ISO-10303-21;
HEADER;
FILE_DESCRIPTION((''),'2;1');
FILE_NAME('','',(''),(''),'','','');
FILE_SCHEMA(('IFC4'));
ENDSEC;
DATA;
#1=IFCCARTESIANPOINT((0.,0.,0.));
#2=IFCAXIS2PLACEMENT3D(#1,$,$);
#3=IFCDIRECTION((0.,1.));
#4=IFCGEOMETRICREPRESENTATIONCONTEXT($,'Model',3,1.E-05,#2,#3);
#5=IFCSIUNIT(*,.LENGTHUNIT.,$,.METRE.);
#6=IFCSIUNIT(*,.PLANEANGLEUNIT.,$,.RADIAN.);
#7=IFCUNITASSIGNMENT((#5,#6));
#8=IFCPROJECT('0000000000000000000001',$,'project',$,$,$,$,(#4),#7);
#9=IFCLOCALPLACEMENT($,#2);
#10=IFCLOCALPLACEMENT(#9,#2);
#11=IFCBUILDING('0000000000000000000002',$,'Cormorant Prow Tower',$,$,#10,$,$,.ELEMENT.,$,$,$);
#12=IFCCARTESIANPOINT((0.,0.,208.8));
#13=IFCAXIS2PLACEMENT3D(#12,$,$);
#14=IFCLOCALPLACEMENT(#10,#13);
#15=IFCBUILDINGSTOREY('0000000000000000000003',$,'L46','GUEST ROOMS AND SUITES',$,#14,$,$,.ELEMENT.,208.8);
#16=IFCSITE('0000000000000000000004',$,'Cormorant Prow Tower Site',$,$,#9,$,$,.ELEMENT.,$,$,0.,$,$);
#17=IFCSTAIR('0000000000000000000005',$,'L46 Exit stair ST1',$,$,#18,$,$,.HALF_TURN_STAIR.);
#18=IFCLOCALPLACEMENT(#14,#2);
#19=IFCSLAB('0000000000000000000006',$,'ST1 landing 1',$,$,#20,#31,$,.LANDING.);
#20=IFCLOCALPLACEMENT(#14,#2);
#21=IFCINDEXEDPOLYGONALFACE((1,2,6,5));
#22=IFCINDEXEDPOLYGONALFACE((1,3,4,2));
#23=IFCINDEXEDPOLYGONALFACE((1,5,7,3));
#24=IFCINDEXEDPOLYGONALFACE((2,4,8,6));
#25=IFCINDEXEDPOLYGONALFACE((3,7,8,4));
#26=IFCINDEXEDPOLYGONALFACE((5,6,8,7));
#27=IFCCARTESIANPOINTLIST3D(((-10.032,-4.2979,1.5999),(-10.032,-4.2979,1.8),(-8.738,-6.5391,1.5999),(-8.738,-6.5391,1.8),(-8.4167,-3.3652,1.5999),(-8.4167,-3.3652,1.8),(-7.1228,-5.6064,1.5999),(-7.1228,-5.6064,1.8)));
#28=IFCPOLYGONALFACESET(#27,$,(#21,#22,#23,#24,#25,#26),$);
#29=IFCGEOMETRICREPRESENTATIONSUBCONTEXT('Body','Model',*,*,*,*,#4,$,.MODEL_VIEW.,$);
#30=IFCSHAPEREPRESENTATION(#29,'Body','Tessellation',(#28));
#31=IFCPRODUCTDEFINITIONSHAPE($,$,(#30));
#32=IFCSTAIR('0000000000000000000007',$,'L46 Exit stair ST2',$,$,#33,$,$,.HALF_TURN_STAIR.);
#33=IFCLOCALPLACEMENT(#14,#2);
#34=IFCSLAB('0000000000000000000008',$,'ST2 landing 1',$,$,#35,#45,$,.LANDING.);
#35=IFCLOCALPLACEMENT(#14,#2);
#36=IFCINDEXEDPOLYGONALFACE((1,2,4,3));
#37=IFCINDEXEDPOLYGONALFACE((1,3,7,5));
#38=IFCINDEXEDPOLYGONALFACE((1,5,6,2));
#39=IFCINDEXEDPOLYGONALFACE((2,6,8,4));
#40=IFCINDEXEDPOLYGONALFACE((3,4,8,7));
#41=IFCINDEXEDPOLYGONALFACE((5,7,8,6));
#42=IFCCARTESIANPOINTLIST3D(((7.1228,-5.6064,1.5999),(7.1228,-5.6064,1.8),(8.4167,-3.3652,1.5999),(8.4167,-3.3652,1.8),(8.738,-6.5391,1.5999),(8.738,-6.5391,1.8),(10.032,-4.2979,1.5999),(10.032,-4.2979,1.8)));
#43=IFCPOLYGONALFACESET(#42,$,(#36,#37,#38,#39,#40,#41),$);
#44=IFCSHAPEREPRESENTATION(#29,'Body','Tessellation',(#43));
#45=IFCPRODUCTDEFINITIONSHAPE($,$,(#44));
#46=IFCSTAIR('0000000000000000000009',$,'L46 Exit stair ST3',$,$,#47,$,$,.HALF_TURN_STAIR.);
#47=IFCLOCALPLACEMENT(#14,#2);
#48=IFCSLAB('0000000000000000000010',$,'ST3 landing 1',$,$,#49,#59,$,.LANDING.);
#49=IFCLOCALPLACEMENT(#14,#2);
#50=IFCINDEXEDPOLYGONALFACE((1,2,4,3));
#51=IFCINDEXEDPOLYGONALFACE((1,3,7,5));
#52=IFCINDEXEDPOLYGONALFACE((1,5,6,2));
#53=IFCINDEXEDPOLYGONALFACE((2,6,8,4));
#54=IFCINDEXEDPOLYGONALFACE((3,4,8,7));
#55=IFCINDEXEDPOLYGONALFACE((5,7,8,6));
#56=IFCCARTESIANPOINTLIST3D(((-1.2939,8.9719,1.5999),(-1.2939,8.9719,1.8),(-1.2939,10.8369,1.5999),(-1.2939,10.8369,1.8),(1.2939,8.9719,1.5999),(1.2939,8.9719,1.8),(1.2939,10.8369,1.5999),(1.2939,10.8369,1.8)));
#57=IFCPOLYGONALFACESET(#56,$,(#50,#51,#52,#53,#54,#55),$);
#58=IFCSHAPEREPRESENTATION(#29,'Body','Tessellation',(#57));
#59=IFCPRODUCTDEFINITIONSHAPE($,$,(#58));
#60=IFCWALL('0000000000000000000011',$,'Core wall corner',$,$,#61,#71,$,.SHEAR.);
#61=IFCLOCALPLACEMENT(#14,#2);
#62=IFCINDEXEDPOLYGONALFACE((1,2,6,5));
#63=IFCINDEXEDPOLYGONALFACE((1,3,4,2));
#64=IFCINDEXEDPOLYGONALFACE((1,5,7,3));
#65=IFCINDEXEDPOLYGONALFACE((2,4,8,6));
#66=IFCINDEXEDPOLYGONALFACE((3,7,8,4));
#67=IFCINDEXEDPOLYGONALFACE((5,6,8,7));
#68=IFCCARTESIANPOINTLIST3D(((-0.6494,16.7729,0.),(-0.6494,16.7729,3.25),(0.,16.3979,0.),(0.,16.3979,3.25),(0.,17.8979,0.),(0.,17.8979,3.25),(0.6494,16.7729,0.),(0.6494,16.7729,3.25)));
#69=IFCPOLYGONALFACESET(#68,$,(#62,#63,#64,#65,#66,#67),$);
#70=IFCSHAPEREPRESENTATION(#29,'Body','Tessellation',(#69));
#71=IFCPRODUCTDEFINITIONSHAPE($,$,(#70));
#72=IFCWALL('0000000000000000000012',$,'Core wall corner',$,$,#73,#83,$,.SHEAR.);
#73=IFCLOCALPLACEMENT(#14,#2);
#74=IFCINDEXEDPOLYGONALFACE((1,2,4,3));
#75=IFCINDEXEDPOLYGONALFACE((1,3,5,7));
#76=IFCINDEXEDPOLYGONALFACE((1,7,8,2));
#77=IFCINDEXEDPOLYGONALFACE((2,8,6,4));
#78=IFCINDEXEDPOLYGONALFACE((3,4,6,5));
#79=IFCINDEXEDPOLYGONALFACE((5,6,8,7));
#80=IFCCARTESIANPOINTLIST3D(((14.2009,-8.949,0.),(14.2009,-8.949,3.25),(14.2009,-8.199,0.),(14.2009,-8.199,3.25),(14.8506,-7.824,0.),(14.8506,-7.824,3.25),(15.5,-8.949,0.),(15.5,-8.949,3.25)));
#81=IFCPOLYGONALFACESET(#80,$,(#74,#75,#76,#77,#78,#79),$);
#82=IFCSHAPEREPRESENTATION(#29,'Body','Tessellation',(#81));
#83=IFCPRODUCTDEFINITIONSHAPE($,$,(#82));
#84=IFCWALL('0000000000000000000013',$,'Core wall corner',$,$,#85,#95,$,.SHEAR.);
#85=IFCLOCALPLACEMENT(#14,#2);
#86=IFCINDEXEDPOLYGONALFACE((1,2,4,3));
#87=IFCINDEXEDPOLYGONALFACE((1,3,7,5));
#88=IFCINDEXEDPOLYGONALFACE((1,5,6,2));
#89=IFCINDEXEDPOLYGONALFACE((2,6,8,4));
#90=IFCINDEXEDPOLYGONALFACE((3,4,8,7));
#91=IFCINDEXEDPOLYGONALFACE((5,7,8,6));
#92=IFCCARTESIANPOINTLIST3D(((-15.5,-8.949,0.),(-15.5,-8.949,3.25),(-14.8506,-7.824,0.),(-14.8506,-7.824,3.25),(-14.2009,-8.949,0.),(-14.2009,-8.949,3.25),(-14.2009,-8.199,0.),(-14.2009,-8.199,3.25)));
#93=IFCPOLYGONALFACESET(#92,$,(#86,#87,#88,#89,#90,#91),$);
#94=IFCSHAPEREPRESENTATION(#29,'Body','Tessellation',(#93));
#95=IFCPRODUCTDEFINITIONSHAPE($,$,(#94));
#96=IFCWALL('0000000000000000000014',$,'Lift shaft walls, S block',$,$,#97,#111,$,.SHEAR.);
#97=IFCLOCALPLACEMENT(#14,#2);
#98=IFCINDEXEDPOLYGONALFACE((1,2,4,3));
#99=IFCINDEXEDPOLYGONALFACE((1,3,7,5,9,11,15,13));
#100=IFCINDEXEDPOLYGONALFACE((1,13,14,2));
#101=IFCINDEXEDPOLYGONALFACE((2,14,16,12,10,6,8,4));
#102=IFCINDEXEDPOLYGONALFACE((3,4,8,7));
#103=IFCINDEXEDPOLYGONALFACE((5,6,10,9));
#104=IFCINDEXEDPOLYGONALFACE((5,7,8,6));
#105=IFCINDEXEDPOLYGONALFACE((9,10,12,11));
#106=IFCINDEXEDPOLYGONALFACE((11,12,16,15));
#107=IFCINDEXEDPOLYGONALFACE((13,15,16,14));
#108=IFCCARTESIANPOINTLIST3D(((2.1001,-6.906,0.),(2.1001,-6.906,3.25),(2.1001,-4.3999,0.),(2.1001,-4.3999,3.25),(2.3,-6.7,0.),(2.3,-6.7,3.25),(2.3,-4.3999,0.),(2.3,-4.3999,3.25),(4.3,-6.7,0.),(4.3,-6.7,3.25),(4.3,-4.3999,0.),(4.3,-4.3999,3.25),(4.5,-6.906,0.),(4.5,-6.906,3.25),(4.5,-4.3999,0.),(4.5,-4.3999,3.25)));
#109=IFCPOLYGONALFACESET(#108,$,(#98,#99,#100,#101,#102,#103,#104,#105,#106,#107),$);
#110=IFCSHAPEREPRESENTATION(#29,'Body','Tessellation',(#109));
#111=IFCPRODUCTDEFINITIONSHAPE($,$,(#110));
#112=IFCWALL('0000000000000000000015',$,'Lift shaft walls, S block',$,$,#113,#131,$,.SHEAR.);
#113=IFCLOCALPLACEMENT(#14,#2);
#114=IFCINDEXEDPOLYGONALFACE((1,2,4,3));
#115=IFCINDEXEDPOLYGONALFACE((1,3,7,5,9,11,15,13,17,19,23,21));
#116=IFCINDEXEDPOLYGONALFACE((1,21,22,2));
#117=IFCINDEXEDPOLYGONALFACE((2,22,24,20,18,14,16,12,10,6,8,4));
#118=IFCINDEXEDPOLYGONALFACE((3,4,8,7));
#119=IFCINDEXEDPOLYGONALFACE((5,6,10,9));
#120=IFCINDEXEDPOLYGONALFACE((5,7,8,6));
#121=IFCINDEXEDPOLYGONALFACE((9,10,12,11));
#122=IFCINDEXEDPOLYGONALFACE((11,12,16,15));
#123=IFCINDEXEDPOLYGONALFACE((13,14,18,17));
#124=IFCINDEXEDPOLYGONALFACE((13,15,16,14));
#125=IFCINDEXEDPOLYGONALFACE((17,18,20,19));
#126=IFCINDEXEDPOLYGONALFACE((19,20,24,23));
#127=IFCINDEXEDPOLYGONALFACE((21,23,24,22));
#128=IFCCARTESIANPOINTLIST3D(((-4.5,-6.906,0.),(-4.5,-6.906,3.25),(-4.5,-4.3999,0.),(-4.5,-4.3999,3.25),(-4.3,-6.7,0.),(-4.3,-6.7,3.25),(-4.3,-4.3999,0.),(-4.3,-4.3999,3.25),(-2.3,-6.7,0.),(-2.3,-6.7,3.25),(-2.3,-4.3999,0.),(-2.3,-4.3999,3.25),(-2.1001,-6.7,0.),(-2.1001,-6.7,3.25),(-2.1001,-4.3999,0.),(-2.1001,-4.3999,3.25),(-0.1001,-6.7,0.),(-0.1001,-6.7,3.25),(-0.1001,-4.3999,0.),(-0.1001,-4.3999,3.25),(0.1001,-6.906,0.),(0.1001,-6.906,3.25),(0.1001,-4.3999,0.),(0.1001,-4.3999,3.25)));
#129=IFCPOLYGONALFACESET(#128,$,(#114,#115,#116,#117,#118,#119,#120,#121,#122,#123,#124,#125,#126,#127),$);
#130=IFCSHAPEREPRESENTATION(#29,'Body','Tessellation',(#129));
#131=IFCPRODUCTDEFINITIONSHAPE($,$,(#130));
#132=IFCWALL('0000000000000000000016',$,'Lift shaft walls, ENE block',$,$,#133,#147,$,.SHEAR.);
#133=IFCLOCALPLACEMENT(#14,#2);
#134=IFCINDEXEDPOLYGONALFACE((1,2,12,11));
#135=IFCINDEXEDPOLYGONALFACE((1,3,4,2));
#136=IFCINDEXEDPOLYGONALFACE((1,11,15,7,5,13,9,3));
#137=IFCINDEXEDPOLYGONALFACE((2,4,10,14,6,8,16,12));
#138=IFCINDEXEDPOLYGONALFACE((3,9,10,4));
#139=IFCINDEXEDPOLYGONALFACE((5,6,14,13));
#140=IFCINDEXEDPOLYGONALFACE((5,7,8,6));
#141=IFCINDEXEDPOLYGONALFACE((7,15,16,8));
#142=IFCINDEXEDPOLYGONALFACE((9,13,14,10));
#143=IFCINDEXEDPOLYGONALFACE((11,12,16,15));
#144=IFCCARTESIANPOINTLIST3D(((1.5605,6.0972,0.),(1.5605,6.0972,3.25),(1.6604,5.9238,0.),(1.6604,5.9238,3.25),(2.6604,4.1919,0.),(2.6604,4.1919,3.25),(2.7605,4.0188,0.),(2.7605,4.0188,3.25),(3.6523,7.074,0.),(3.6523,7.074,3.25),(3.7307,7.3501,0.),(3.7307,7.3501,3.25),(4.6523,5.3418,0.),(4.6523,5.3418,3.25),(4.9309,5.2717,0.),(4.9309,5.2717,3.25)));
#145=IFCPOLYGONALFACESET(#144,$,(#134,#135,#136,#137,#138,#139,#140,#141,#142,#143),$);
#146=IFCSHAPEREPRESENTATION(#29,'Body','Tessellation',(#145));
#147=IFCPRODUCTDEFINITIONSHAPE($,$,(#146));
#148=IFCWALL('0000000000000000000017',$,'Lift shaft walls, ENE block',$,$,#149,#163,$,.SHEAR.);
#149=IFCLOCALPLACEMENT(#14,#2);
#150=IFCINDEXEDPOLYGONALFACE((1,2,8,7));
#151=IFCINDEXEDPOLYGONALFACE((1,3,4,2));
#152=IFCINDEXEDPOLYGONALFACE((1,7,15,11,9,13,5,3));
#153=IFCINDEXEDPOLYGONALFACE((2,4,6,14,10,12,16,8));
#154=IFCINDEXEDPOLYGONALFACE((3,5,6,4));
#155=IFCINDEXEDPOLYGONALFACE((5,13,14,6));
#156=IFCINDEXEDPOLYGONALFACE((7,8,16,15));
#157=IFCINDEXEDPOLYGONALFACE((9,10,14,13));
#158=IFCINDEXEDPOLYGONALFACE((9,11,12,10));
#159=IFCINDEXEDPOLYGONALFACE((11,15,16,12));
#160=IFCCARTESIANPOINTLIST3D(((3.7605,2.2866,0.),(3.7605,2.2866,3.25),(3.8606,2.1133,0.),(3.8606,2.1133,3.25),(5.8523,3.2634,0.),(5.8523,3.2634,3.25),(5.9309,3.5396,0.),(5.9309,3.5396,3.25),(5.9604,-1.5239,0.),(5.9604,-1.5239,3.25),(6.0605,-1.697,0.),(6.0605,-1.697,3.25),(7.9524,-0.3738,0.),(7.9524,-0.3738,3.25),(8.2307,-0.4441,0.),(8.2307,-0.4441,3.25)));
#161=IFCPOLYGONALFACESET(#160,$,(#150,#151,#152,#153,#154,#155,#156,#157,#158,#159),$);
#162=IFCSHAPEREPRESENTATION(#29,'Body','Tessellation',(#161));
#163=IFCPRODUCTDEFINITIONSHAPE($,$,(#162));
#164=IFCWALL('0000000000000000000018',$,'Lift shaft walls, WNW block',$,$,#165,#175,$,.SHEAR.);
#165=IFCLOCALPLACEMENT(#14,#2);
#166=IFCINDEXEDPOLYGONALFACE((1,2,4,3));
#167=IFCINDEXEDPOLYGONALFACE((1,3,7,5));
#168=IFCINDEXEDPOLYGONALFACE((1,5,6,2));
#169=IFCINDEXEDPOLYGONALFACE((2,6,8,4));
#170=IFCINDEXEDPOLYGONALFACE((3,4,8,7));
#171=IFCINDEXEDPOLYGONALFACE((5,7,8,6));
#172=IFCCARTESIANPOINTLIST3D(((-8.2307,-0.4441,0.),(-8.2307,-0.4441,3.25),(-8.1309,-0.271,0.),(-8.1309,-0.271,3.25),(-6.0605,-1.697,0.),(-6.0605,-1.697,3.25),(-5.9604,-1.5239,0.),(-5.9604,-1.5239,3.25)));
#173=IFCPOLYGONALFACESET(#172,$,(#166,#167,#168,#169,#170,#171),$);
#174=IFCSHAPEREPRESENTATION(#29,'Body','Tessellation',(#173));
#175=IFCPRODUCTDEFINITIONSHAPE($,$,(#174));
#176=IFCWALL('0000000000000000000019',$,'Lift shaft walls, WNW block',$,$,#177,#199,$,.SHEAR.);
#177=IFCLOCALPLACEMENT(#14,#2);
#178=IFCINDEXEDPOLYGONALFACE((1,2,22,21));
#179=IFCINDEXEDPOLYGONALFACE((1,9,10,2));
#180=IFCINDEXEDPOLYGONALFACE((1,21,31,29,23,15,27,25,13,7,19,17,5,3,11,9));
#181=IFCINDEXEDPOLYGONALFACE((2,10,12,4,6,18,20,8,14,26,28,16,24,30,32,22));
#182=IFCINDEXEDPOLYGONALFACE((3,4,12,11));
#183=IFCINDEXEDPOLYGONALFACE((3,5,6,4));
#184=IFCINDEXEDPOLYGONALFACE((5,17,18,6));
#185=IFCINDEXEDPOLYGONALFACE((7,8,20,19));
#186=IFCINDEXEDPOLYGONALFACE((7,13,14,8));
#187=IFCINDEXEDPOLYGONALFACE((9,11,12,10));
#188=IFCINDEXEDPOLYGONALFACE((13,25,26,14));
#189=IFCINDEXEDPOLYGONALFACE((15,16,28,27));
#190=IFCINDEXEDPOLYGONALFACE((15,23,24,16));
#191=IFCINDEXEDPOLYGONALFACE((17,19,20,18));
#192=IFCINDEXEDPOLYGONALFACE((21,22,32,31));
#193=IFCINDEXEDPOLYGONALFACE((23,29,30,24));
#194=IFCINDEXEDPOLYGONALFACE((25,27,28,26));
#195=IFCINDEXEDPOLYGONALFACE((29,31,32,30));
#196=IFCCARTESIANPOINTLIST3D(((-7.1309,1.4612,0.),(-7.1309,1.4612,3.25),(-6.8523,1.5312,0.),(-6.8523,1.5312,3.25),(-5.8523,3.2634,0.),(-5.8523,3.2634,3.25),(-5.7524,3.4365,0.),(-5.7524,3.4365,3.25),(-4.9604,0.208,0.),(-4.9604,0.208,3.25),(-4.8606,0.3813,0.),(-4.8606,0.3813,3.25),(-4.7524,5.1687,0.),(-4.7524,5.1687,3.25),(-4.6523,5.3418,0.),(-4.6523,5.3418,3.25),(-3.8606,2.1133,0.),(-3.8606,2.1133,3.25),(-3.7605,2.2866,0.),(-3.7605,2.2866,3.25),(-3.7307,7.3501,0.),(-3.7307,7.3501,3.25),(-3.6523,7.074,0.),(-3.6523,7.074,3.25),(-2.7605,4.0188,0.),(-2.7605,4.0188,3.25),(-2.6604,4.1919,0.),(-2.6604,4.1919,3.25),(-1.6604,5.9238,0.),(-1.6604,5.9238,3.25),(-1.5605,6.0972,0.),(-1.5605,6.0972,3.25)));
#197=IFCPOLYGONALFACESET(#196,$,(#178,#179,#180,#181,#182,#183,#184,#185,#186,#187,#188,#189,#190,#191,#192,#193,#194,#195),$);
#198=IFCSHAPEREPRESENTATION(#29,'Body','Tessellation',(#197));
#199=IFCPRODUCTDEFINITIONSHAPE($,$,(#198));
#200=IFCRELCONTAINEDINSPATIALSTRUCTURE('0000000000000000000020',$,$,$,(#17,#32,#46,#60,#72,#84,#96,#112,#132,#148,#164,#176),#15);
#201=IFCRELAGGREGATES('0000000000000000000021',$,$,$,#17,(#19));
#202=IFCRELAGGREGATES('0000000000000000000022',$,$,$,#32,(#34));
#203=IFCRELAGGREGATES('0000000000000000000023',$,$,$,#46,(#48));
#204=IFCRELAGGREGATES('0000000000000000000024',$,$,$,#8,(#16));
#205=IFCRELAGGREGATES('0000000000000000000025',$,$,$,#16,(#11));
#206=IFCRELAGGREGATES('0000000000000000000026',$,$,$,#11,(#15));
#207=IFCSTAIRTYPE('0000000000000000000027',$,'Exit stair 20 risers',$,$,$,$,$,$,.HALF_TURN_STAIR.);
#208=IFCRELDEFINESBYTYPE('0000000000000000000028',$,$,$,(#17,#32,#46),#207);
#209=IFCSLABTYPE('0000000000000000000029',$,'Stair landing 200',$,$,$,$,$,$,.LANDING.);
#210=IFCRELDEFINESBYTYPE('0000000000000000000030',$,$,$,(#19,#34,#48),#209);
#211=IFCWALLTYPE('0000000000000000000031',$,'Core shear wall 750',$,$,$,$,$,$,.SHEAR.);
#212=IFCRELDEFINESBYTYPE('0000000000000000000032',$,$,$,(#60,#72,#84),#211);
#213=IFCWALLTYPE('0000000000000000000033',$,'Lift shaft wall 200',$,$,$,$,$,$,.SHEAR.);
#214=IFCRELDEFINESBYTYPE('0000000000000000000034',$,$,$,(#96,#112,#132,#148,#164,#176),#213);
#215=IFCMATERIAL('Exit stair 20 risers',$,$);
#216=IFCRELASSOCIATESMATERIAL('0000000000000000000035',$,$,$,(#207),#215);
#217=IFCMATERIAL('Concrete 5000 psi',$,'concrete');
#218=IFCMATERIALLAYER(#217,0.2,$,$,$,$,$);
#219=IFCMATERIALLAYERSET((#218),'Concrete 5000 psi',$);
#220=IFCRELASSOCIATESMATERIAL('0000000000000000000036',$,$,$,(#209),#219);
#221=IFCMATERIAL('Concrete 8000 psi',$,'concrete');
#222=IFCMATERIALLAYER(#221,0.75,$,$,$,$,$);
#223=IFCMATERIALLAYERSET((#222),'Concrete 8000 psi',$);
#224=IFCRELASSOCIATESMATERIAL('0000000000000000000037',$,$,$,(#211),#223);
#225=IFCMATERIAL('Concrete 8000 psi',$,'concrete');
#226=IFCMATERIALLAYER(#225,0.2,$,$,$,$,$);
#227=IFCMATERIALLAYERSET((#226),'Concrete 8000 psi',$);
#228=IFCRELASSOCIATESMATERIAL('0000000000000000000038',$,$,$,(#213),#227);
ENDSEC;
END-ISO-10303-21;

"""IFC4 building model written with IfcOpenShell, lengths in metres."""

from ifc_helpers import new_model, si_unit, direction, frame, origin, place, context, subcontext, project, spatial, polyline, outline, extrude, material, layer, layer_set, type_object, element, aggregate, save


model = new_model("IFC4")

# Units and contexts
model_context = context("Model", 3, precision=1e-05, world=origin(), true_north=direction((0.0, 1.0)))
body_context = subcontext(model_context, "Body", "Model", "MODEL_VIEW")
ifc_project = project(units=[si_unit("LENGTHUNIT", "METRE"), si_unit("PLANEANGLEUNIT", "RADIAN")], contexts=[model_context])

# Site, building, storey
site_placement = place(None, origin())
site = spatial("IfcSite", under=ifc_project, at=site_placement, Name="Cormorant Prow Tower Site", CompositionType="ELEMENT", RefElevation=0.0)
building_placement = place(site_placement, origin())
building = spatial("IfcBuilding", under=site, at=building_placement, Name="Cormorant Prow Tower", CompositionType="ELEMENT")
storey_placement = place(building_placement, frame((0.0, 0.0, 208.8)))
storey = spatial("IfcBuildingStorey", under=building, at=storey_placement, Name="L46", Description="GUEST ROOMS AND SUITES", CompositionType="ELEMENT", Elevation=208.8)

# Stairs, slabs
ifc_material_1 = material(Name="Exit stair 20 risers")
stair_type = type_object("IfcStairType", Name="Exit stair 20 risers", PredefinedType="HALF_TURN_STAIR", material=ifc_material_1)
stair_1_placement = place(storey_placement, origin())
stair_1 = element("IfcStair", 1, at=stair_1_placement, inside=storey, type_object=stair_type, Name="L46 Exit stair ST1", PredefinedType="HALF_TURN_STAIR")
ifc_material_2 = material(Name="Concrete 5000 psi", Category="concrete")
ifc_layer_1 = layer(ifc_material_2, 0.2)
ifc_layer_set_1 = layer_set([ifc_layer_1], Name="Concrete 5000 psi")
slab_type = type_object("IfcSlabType", Name="Stair landing 200", PredefinedType="LANDING", material=ifc_layer_set_1)
slab_1_placement = place(storey_placement, frame((0.0, 0.0, 1.5999)))
slab_1 = element("IfcSlab", 2, at=slab_1_placement, type_object=slab_type, Name="ST1 landing 1", PredefinedType="LANDING", context=body_context, shape_type="SweptSolid", body=[
    extrude(outline(polyline([(-8.4167, -3.3652), (-10.032, -4.2979), (-8.738, -6.5391), (-7.1228, -5.6064), (-8.4167, -3.3652)])), origin(), (0.0, 0.0, 1.0), 0.2002),
])
aggregate(stair_1, [slab_1])
stair_2_placement = place(storey_placement, origin())
stair_2 = element("IfcStair", 3, at=stair_2_placement, inside=storey, type_object=stair_type, Name="L46 Exit stair ST2", PredefinedType="HALF_TURN_STAIR")
slab_2_placement = place(storey_placement, frame((0.0, 0.0, 1.5999)))
slab_2 = element("IfcSlab", 4, at=slab_2_placement, type_object=slab_type, Name="ST2 landing 1", PredefinedType="LANDING", context=body_context, shape_type="SweptSolid", body=[
    extrude(outline(polyline([(7.1228, -5.6064), (8.738, -6.5391), (10.032, -4.2979), (8.4167, -3.3652), (7.1228, -5.6064)])), origin(), (0.0, 0.0, 1.0), 0.2002),
])
aggregate(stair_2, [slab_2])
stair_3_placement = place(storey_placement, origin())
stair_3 = element("IfcStair", 5, at=stair_3_placement, inside=storey, type_object=stair_type, Name="L46 Exit stair ST3", PredefinedType="HALF_TURN_STAIR")
slab_3_placement = place(storey_placement, frame((0.0, 0.0, 1.5999)))
slab_3 = element("IfcSlab", 6, at=slab_3_placement, type_object=slab_type, Name="ST3 landing 1", PredefinedType="LANDING", context=body_context, shape_type="SweptSolid", body=[
    extrude(outline(polyline([(1.2939, 8.9719), (1.2939, 10.8369), (-1.2939, 10.8369), (-1.2939, 8.9719), (1.2939, 8.9719)])), origin(), (0.0, 0.0, 1.0), 0.2002),
])
aggregate(stair_3, [slab_3])

# Walls
ifc_material_3 = material(Name="Concrete 8000 psi", Category="concrete")
ifc_layer_2 = layer(ifc_material_3, 0.75)
ifc_layer_set_2 = layer_set([ifc_layer_2], Name="Concrete 8000 psi")
wall_type_1 = type_object("IfcWallType", Name="Core shear wall 750", PredefinedType="SHEAR", material=ifc_layer_set_2)
wall_1_placement = place(storey_placement, origin())
element("IfcWall", 7, at=wall_1_placement, inside=storey, type_object=wall_type_1, Name="Core wall corner", PredefinedType="SHEAR", context=body_context, shape_type="SweptSolid", body=[
    extrude(outline(polyline([(-0.6494, 16.7729), (0.0, 17.8979), (0.6494, 16.7729), (0.0, 16.3979), (-0.6494, 16.7729)])), origin(), (0.0, 0.0, 1.0), 3.25),
])
wall_2_placement = place(storey_placement, origin())
element("IfcWall", 8, at=wall_2_placement, inside=storey, type_object=wall_type_1, Name="Core wall corner", PredefinedType="SHEAR", context=body_context, shape_type="SweptSolid", body=[
    extrude(outline(polyline([(14.2009, -8.949), (14.2009, -8.199), (14.8506, -7.824), (15.5, -8.949), (14.2009, -8.949)])), origin(), (0.0, 0.0, 1.0), 3.25),
])
wall_3_placement = place(storey_placement, origin())
element("IfcWall", 9, at=wall_3_placement, inside=storey, type_object=wall_type_1, Name="Core wall corner", PredefinedType="SHEAR", context=body_context, shape_type="SweptSolid", body=[
    extrude(outline(polyline([(-14.8506, -7.824), (-14.2009, -8.199), (-14.2009, -8.949), (-15.5, -8.949), (-14.8506, -7.824)])), origin(), (0.0, 0.0, 1.0), 3.25),
])
ifc_material_4 = material(Name="Concrete 8000 psi", Category="concrete")
ifc_layer_3 = layer(ifc_material_4, 0.2)
ifc_layer_set_3 = layer_set([ifc_layer_3], Name="Concrete 8000 psi")
wall_type_2 = type_object("IfcWallType", Name="Lift shaft wall 200", PredefinedType="SHEAR", material=ifc_layer_set_3)
wall_4_placement = place(storey_placement, origin())
element("IfcWall", 10, at=wall_4_placement, inside=storey, type_object=wall_type_2, Name="Lift shaft walls, S block", PredefinedType="SHEAR", context=body_context, shape_type="SweptSolid", body=[
    extrude(outline(polyline([(4.5, -4.3999), (4.5, -6.906), (2.1001, -6.906), (2.1001, -4.3999), (2.3, -4.3999), (2.3, -6.7), (4.3, -6.7), (4.3, -4.3999), (4.5, -4.3999)])), origin(), (0.0, 0.0, 1.0), 3.25),
])
wall_5_placement = place(storey_placement, origin())
element("IfcWall", 11, at=wall_5_placement, inside=storey, type_object=wall_type_2, Name="Lift shaft walls, S block", PredefinedType="SHEAR", context=body_context, shape_type="SweptSolid", body=[
    extrude(outline(polyline([(0.1001, -4.3999), (0.1001, -6.906), (-4.5, -6.906), (-4.5, -4.3999), (-4.3, -4.3999), (-4.3, -6.7), (-2.3, -6.7), (-2.3, -4.3999), (-2.1001, -4.3999), (-2.1001, -6.7), (-0.1001, -6.7), (-0.1001, -4.3999), (0.1001, -4.3999)])), origin(), (0.0, 0.0, 1.0), 3.25),
])
wall_6_placement = place(storey_placement, origin())
element("IfcWall", 12, at=wall_6_placement, inside=storey, type_object=wall_type_2, Name="Lift shaft walls, ENE block", PredefinedType="SHEAR", context=body_context, shape_type="SweptSolid", body=[
    extrude(outline(polyline([(1.5605, 6.0972), (3.7307, 7.3501), (4.9309, 5.2717), (2.7605, 4.0188), (2.6604, 4.1919), (4.6523, 5.3418), (3.6523, 7.074), (1.6604, 5.9238), (1.5605, 6.0972)])), origin(), (0.0, 0.0, 1.0), 3.25),
])
wall_7_placement = place(storey_placement, origin())
element("IfcWall", 13, at=wall_7_placement, inside=storey, type_object=wall_type_2, Name="Lift shaft walls, ENE block", PredefinedType="SHEAR", context=body_context, shape_type="SweptSolid", body=[
    extrude(outline(polyline([(3.7605, 2.2866), (5.9309, 3.5396), (8.2307, -0.4441), (6.0605, -1.697), (5.9604, -1.5239), (7.9524, -0.3738), (5.8523, 3.2634), (3.8606, 2.1133), (3.7605, 2.2866)])), origin(), (0.0, 0.0, 1.0), 3.25),
])
wall_8_placement = place(storey_placement, origin())
element("IfcWall", 14, at=wall_8_placement, inside=storey, type_object=wall_type_2, Name="Lift shaft walls, WNW block", PredefinedType="SHEAR", context=body_context, shape_type="SweptSolid", body=[
    extrude(outline(polyline([(-6.0605, -1.697), (-8.2307, -0.4441), (-8.1309, -0.271), (-5.9604, -1.5239), (-6.0605, -1.697)])), origin(), (0.0, 0.0, 1.0), 3.25),
])
wall_9_placement = place(storey_placement, origin())
element("IfcWall", 15, at=wall_9_placement, inside=storey, type_object=wall_type_2, Name="Lift shaft walls, WNW block", PredefinedType="SHEAR", context=body_context, shape_type="SweptSolid", body=[
    extrude(outline(polyline([(-4.9604, 0.208), (-7.1309, 1.4612), (-3.7307, 7.3501), (-1.5605, 6.0972), (-1.6604, 5.9238), (-3.6523, 7.074), (-4.6523, 5.3418), (-2.6604, 4.1919), (-2.7605, 4.0188), (-4.7524, 5.1687), (-5.7524, 3.4365), (-3.7605, 2.2866), (-3.8606, 2.1133), (-5.8523, 3.2634), (-6.8523, 1.5312), (-4.8606, 0.3813), (-4.9604, 0.208)])), origin(), (0.0, 0.0, 1.0), 3.25),
])

save(model, "model.ifc")
